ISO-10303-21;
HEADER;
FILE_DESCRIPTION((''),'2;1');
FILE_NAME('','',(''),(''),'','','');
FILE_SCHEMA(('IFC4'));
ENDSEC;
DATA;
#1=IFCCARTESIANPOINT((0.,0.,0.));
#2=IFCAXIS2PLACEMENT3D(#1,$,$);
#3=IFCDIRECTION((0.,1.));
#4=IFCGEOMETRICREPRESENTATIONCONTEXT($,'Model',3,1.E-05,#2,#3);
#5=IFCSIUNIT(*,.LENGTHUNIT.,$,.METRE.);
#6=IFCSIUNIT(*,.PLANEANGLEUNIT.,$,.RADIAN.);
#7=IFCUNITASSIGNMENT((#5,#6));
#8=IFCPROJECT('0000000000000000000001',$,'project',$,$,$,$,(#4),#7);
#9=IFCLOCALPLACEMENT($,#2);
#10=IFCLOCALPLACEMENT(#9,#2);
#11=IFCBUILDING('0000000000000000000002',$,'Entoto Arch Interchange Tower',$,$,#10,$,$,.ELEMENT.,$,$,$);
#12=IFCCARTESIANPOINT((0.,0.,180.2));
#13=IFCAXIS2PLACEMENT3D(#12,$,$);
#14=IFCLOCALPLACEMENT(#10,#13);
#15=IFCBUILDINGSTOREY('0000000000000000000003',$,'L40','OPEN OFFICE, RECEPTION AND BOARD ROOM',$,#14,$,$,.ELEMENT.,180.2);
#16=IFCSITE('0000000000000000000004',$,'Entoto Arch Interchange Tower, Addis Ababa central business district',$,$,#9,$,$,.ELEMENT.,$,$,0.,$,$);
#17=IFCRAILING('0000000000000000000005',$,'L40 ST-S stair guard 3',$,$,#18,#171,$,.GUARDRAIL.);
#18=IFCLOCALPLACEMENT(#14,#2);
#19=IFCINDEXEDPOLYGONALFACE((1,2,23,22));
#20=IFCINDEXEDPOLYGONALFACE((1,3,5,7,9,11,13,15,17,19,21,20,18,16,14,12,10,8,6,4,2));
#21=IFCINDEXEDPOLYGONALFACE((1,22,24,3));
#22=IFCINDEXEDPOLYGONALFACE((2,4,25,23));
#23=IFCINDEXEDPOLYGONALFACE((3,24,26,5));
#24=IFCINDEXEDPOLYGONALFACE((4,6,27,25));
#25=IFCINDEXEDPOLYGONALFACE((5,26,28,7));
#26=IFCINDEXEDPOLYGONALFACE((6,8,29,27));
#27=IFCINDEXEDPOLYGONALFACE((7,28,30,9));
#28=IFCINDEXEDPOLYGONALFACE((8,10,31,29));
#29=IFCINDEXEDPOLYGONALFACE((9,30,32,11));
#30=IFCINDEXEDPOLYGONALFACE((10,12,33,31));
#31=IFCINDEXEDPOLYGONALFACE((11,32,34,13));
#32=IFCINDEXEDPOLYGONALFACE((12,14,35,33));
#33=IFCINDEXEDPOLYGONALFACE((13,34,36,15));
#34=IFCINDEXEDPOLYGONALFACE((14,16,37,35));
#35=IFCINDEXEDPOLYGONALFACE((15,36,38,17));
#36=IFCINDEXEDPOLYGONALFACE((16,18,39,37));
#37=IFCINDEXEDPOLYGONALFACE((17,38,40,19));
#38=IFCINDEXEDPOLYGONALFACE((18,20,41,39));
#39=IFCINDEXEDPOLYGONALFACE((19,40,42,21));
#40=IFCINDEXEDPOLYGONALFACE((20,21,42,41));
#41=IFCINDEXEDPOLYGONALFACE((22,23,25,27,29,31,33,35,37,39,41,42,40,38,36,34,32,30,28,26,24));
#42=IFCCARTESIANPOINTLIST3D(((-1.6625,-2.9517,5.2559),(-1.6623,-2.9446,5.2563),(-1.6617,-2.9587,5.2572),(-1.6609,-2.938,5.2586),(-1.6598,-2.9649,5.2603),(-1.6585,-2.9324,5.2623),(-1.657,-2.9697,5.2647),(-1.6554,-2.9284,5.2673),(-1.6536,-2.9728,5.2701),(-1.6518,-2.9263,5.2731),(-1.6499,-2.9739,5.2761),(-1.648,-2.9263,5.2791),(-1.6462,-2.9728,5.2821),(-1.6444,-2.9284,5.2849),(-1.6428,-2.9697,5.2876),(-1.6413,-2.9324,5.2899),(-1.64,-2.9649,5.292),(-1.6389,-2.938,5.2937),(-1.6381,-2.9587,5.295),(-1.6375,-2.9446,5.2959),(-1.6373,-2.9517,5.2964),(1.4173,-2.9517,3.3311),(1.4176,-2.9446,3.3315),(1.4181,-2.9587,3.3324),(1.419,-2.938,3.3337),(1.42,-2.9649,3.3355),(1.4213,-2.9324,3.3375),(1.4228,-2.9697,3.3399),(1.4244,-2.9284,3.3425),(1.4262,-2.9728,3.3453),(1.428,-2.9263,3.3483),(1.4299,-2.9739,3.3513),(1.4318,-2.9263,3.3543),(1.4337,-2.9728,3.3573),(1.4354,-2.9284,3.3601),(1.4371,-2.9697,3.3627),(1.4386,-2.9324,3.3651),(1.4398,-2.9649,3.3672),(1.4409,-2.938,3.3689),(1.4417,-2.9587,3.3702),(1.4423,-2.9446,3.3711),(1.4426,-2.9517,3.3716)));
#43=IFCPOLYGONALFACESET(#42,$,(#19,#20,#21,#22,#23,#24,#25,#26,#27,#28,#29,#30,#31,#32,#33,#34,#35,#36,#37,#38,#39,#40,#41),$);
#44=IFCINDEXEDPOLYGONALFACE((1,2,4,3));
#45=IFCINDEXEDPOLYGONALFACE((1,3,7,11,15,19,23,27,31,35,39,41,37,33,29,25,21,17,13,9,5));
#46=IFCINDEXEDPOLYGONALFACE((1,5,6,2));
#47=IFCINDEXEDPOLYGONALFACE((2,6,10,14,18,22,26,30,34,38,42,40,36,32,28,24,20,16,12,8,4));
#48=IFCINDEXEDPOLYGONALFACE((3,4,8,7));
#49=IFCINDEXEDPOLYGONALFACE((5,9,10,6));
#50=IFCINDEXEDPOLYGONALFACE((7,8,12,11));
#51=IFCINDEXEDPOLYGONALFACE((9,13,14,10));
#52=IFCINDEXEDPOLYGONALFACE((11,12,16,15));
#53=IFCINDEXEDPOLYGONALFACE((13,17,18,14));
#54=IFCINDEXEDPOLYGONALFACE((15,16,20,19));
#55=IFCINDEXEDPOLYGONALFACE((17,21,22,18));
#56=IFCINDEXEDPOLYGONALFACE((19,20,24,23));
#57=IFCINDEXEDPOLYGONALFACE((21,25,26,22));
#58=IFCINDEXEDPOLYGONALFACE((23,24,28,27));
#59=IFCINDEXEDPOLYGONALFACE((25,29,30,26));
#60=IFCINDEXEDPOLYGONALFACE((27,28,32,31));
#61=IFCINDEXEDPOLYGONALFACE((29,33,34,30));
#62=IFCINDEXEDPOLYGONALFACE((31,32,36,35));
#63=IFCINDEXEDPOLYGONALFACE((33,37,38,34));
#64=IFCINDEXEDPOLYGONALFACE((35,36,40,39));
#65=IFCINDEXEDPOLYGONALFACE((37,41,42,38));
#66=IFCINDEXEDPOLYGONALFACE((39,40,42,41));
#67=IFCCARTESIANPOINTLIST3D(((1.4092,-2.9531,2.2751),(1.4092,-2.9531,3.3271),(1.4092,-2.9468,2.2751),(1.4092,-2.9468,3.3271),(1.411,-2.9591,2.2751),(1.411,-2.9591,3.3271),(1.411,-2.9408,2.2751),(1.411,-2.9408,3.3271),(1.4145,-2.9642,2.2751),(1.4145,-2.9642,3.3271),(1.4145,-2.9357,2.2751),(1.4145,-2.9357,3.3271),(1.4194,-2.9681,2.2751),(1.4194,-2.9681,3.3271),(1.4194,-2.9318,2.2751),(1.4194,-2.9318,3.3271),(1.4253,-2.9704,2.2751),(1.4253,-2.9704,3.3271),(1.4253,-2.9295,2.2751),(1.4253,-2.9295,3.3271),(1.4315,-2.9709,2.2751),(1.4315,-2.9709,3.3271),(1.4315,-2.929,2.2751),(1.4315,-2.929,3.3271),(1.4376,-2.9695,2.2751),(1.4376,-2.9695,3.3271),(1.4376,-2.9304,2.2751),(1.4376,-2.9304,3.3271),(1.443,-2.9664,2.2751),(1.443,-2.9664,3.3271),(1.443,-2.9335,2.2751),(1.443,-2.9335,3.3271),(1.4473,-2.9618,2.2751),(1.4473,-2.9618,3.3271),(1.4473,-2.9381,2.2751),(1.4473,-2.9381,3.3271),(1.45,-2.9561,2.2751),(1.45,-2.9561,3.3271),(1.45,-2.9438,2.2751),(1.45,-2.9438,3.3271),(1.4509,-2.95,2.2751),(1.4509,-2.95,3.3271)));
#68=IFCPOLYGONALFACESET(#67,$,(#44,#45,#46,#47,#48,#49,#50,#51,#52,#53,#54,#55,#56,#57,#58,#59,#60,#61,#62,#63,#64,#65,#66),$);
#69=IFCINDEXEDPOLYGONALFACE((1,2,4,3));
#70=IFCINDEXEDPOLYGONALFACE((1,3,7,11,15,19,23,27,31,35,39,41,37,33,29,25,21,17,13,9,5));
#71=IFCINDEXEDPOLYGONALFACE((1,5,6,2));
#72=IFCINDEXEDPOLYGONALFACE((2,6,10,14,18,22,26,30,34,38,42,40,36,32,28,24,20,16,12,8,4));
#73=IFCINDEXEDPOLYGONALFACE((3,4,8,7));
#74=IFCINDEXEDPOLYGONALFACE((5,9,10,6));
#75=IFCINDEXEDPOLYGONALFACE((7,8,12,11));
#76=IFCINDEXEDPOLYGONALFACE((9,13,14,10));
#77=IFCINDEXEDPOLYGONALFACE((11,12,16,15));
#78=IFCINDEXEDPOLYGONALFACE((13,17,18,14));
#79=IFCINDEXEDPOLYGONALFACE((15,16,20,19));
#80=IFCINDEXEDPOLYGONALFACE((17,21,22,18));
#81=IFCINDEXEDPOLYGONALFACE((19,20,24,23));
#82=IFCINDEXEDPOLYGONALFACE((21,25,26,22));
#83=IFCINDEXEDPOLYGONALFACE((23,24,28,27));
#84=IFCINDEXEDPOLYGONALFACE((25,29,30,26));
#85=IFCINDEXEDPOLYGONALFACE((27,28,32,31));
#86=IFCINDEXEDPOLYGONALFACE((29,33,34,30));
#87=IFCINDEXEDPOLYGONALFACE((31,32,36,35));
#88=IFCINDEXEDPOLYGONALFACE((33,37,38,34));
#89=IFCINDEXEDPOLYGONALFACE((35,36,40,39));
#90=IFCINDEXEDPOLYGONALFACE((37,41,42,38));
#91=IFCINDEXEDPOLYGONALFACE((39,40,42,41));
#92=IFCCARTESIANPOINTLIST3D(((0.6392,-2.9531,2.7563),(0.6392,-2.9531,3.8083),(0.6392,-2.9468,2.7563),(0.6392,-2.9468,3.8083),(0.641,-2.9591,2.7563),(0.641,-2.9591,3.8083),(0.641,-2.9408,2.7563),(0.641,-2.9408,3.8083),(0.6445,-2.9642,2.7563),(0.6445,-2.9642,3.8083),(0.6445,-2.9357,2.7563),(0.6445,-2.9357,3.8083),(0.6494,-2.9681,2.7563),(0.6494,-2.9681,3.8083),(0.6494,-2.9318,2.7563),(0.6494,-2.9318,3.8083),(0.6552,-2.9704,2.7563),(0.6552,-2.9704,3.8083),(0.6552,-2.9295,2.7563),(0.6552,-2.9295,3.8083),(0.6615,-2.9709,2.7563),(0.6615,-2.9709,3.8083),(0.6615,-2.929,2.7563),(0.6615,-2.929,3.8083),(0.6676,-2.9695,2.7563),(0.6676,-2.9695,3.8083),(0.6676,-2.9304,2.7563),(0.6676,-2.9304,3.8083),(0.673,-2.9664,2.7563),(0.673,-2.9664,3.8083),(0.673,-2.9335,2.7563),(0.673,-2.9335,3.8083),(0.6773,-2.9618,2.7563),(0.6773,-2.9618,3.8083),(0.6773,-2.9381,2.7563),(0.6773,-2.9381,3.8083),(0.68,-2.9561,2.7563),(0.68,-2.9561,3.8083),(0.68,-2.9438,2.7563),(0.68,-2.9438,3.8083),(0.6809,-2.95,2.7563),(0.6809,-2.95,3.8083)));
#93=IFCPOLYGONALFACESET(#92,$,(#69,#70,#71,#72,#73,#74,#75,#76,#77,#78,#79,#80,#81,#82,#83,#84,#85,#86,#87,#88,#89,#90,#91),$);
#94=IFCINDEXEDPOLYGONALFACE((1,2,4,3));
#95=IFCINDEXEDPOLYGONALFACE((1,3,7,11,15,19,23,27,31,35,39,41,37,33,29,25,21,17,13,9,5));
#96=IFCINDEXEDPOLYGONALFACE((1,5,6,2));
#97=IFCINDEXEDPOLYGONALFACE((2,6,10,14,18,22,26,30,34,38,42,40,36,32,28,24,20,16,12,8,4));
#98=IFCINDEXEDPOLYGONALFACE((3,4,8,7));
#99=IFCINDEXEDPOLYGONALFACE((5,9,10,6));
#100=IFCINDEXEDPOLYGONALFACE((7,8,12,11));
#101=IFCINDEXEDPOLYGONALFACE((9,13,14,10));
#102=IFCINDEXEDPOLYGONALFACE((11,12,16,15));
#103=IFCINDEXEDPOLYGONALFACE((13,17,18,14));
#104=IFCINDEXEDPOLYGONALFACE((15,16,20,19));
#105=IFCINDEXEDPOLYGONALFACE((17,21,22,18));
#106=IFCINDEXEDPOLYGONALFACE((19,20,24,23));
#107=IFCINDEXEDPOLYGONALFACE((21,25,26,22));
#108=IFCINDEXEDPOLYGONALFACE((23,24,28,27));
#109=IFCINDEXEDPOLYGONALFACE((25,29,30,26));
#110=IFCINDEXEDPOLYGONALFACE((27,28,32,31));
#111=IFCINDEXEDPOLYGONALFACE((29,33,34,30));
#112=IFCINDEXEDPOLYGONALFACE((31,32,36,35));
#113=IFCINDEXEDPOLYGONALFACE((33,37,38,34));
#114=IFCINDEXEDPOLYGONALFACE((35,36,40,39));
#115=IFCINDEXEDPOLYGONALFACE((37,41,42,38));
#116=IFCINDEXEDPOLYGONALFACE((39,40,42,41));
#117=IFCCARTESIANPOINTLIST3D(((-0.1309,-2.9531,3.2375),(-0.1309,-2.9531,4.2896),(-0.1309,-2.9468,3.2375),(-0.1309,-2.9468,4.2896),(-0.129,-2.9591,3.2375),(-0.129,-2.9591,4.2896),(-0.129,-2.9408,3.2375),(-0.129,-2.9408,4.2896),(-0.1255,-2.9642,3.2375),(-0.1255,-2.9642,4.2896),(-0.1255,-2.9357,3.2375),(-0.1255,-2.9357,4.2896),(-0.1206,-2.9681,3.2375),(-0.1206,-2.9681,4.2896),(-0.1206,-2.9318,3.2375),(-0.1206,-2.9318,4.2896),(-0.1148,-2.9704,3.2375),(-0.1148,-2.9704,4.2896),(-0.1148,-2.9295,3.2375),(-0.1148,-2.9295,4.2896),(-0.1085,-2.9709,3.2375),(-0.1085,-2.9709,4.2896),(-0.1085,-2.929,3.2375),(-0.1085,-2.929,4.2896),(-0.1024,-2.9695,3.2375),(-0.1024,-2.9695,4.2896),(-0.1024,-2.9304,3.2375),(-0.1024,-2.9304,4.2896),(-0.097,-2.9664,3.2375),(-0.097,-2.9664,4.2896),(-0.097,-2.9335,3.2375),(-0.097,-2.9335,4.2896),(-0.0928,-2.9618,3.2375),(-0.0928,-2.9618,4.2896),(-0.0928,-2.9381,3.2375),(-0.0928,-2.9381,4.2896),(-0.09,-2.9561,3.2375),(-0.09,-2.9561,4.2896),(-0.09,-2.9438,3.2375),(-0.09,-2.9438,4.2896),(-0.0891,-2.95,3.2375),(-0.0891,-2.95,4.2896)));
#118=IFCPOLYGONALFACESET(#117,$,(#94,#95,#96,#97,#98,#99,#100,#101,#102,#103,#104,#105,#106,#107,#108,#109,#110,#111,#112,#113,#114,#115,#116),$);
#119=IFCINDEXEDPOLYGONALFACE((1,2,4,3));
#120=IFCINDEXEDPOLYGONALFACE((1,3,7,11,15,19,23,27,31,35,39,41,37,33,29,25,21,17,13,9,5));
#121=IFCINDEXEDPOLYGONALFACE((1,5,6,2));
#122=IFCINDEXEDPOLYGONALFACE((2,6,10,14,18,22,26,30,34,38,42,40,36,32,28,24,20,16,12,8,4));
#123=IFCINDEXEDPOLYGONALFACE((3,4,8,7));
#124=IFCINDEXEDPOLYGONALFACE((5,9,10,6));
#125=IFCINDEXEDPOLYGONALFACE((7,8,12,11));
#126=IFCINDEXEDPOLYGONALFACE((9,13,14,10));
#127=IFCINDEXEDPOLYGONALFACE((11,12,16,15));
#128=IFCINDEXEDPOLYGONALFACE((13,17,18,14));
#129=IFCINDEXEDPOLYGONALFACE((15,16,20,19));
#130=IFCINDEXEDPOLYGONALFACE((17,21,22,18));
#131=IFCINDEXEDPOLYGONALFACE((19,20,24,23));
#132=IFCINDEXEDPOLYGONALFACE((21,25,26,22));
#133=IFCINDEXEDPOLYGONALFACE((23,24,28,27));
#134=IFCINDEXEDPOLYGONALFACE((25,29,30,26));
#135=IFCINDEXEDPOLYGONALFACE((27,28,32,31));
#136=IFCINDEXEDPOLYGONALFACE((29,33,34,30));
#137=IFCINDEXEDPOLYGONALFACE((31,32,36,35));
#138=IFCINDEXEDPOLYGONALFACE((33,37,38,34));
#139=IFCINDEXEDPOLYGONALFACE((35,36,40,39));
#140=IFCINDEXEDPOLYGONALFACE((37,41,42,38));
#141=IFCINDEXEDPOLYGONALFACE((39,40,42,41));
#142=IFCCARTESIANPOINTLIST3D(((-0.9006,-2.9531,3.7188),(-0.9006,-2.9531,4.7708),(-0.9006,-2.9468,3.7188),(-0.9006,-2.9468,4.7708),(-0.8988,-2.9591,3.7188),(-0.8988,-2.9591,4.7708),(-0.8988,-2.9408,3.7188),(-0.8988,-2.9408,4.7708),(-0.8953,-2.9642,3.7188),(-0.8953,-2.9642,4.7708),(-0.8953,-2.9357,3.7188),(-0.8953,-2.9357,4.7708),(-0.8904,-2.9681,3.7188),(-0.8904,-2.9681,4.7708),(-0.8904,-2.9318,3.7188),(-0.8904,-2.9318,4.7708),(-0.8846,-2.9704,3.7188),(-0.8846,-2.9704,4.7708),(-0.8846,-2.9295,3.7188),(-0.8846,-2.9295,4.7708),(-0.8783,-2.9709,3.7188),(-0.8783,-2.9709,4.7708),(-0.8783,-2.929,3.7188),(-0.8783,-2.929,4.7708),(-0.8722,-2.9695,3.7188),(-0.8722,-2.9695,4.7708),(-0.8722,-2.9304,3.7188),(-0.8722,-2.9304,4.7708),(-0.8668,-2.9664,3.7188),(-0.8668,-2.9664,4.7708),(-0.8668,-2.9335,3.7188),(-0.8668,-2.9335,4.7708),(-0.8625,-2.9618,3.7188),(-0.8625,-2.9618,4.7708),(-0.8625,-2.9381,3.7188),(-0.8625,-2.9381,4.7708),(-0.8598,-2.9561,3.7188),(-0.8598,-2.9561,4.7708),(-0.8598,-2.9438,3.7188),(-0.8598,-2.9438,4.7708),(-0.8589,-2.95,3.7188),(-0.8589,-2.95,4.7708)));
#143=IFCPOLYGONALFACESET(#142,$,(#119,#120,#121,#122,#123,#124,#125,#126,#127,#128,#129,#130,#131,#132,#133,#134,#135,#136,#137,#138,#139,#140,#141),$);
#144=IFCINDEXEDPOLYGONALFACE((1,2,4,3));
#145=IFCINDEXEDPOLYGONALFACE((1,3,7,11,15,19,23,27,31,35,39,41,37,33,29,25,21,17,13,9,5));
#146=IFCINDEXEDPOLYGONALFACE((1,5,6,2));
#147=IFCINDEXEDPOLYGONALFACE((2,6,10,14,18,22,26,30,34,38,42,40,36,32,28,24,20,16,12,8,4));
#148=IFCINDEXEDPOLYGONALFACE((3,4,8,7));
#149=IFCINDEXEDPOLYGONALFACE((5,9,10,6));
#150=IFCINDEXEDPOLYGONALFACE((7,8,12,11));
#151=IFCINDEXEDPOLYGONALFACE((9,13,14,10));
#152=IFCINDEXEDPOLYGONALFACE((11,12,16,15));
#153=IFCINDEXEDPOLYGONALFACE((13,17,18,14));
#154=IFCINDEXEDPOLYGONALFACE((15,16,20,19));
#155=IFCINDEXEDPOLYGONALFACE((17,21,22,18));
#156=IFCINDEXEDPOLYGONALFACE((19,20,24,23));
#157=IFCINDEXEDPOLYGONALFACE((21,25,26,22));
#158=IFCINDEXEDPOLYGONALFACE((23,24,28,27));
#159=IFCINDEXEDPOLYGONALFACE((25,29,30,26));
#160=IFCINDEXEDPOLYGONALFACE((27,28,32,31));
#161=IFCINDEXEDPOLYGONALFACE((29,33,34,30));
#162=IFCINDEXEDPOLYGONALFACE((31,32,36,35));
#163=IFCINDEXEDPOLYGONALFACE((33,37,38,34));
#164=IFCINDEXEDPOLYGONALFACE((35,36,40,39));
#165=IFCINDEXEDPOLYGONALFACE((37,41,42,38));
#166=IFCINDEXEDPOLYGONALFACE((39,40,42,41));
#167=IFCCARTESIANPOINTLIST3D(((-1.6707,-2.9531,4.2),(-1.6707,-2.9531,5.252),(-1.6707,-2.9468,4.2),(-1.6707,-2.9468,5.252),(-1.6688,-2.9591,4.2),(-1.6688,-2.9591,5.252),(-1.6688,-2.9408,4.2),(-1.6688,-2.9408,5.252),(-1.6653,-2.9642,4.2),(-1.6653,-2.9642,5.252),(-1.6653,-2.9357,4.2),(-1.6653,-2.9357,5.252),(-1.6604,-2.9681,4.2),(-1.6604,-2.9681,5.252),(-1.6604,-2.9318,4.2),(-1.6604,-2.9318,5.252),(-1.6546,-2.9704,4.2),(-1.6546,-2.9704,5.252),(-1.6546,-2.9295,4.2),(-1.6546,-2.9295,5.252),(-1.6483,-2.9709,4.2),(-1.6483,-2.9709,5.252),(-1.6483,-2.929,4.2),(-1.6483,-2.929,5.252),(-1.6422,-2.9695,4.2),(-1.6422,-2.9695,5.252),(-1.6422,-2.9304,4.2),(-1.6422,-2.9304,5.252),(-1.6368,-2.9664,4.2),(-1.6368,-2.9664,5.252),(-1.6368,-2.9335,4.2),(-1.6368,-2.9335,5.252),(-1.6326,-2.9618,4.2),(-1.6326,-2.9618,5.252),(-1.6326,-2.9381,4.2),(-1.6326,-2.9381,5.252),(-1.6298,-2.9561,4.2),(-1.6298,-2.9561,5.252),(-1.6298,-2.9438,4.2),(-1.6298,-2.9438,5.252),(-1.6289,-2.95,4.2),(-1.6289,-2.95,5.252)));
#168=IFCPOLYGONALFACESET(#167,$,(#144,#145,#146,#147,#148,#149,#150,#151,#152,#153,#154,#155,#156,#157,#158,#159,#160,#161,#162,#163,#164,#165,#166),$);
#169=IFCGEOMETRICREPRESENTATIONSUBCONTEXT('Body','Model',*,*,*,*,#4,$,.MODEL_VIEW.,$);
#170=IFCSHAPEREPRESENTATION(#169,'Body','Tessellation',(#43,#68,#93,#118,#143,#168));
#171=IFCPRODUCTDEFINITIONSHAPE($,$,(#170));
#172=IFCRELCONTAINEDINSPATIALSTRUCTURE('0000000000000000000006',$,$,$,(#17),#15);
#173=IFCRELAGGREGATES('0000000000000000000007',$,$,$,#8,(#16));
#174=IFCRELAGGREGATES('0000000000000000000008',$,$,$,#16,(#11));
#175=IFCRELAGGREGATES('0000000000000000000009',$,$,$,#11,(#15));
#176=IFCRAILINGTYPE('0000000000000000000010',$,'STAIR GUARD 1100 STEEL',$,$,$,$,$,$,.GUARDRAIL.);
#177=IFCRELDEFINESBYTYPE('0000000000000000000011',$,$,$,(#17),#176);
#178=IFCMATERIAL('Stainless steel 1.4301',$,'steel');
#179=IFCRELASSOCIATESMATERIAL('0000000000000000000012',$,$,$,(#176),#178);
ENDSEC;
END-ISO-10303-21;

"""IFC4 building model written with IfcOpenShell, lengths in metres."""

from ifc_helpers import new_model, si_unit, direction, frame, origin, origin_2d, place, context, subcontext, project, spatial, circle, extrude, material, type_object, element, save


model = new_model("IFC4")

# Units and contexts
model_context = context("Model", 3, precision=1e-05, world=origin(), true_north=direction((0.0, 1.0)))
body_context = subcontext(model_context, "Body", "Model", "MODEL_VIEW")
ifc_project = project(units=[si_unit("LENGTHUNIT", "METRE"), si_unit("PLANEANGLEUNIT", "RADIAN")], contexts=[model_context])

# Site, building, storey
site_placement = place(None, origin())
site = spatial("IfcSite", under=ifc_project, at=site_placement, Name="Entoto Arch Interchange Tower, Addis Ababa central business district", CompositionType="ELEMENT", RefElevation=0.0)
building_placement = place(site_placement, origin())
building = spatial("IfcBuilding", under=site, at=building_placement, Name="Entoto Arch Interchange Tower", CompositionType="ELEMENT")
storey_placement = place(building_placement, frame((0.0, 0.0, 180.2)))
storey = spatial("IfcBuildingStorey", under=building, at=storey_placement, Name="L40", Description="OPEN OFFICE, RECEPTION AND BOARD ROOM", CompositionType="ELEMENT", Elevation=180.2)

# Railing
ifc_material_1 = material(Name="Stainless steel 1.4301", Category="steel")
railing_type_1 = type_object("IfcRailingType", Name="STAIR GUARD 1100 STEEL", PredefinedType="GUARDRAIL", material=ifc_material_1)
railing_1_placement = place(storey_placement, frame((1.4299, -2.95, 2.2751)))
element("IfcRailing", 1, at=railing_1_placement, inside=storey, type_object=railing_type_1, Name="L40 ST-S stair guard 3", PredefinedType="GUARDRAIL", context=body_context, shape_type="SweptSolid", body=[
    extrude(circle(Radius=0.0239, at=origin_2d()), frame((0.0, 0.0, 1.0762), z_axis=(-0.84801, 0.0, 0.529981), x_axis=(0.0, -1.0, 0.0)), (0.0, 0.0, 1.0), 3.6318),
    extrude(circle(Radius=0.021, at=origin_2d()), origin(), (0.0, 0.0, 1.0), 1.052),
    extrude(circle(Radius=0.021, at=origin_2d()), frame((-0.77, 0.0, 0.4812)), (0.0, 0.0, 1.0), 1.052),
    extrude(circle(Radius=0.021, at=origin_2d()), frame((-1.54, 0.0, 0.9624)), (0.0, 0.0, 1.0), 1.052),
    extrude(circle(Radius=0.021, at=origin_2d()), frame((-2.3098, 0.0, 1.4436)), (0.0, 0.0, 1.0), 1.052),
    extrude(circle(Radius=0.021, at=origin_2d()), frame((-3.0798, 0.0, 1.9248)), (0.0, 0.0, 1.0), 1.052),
])

save(model, "model.ifc")
